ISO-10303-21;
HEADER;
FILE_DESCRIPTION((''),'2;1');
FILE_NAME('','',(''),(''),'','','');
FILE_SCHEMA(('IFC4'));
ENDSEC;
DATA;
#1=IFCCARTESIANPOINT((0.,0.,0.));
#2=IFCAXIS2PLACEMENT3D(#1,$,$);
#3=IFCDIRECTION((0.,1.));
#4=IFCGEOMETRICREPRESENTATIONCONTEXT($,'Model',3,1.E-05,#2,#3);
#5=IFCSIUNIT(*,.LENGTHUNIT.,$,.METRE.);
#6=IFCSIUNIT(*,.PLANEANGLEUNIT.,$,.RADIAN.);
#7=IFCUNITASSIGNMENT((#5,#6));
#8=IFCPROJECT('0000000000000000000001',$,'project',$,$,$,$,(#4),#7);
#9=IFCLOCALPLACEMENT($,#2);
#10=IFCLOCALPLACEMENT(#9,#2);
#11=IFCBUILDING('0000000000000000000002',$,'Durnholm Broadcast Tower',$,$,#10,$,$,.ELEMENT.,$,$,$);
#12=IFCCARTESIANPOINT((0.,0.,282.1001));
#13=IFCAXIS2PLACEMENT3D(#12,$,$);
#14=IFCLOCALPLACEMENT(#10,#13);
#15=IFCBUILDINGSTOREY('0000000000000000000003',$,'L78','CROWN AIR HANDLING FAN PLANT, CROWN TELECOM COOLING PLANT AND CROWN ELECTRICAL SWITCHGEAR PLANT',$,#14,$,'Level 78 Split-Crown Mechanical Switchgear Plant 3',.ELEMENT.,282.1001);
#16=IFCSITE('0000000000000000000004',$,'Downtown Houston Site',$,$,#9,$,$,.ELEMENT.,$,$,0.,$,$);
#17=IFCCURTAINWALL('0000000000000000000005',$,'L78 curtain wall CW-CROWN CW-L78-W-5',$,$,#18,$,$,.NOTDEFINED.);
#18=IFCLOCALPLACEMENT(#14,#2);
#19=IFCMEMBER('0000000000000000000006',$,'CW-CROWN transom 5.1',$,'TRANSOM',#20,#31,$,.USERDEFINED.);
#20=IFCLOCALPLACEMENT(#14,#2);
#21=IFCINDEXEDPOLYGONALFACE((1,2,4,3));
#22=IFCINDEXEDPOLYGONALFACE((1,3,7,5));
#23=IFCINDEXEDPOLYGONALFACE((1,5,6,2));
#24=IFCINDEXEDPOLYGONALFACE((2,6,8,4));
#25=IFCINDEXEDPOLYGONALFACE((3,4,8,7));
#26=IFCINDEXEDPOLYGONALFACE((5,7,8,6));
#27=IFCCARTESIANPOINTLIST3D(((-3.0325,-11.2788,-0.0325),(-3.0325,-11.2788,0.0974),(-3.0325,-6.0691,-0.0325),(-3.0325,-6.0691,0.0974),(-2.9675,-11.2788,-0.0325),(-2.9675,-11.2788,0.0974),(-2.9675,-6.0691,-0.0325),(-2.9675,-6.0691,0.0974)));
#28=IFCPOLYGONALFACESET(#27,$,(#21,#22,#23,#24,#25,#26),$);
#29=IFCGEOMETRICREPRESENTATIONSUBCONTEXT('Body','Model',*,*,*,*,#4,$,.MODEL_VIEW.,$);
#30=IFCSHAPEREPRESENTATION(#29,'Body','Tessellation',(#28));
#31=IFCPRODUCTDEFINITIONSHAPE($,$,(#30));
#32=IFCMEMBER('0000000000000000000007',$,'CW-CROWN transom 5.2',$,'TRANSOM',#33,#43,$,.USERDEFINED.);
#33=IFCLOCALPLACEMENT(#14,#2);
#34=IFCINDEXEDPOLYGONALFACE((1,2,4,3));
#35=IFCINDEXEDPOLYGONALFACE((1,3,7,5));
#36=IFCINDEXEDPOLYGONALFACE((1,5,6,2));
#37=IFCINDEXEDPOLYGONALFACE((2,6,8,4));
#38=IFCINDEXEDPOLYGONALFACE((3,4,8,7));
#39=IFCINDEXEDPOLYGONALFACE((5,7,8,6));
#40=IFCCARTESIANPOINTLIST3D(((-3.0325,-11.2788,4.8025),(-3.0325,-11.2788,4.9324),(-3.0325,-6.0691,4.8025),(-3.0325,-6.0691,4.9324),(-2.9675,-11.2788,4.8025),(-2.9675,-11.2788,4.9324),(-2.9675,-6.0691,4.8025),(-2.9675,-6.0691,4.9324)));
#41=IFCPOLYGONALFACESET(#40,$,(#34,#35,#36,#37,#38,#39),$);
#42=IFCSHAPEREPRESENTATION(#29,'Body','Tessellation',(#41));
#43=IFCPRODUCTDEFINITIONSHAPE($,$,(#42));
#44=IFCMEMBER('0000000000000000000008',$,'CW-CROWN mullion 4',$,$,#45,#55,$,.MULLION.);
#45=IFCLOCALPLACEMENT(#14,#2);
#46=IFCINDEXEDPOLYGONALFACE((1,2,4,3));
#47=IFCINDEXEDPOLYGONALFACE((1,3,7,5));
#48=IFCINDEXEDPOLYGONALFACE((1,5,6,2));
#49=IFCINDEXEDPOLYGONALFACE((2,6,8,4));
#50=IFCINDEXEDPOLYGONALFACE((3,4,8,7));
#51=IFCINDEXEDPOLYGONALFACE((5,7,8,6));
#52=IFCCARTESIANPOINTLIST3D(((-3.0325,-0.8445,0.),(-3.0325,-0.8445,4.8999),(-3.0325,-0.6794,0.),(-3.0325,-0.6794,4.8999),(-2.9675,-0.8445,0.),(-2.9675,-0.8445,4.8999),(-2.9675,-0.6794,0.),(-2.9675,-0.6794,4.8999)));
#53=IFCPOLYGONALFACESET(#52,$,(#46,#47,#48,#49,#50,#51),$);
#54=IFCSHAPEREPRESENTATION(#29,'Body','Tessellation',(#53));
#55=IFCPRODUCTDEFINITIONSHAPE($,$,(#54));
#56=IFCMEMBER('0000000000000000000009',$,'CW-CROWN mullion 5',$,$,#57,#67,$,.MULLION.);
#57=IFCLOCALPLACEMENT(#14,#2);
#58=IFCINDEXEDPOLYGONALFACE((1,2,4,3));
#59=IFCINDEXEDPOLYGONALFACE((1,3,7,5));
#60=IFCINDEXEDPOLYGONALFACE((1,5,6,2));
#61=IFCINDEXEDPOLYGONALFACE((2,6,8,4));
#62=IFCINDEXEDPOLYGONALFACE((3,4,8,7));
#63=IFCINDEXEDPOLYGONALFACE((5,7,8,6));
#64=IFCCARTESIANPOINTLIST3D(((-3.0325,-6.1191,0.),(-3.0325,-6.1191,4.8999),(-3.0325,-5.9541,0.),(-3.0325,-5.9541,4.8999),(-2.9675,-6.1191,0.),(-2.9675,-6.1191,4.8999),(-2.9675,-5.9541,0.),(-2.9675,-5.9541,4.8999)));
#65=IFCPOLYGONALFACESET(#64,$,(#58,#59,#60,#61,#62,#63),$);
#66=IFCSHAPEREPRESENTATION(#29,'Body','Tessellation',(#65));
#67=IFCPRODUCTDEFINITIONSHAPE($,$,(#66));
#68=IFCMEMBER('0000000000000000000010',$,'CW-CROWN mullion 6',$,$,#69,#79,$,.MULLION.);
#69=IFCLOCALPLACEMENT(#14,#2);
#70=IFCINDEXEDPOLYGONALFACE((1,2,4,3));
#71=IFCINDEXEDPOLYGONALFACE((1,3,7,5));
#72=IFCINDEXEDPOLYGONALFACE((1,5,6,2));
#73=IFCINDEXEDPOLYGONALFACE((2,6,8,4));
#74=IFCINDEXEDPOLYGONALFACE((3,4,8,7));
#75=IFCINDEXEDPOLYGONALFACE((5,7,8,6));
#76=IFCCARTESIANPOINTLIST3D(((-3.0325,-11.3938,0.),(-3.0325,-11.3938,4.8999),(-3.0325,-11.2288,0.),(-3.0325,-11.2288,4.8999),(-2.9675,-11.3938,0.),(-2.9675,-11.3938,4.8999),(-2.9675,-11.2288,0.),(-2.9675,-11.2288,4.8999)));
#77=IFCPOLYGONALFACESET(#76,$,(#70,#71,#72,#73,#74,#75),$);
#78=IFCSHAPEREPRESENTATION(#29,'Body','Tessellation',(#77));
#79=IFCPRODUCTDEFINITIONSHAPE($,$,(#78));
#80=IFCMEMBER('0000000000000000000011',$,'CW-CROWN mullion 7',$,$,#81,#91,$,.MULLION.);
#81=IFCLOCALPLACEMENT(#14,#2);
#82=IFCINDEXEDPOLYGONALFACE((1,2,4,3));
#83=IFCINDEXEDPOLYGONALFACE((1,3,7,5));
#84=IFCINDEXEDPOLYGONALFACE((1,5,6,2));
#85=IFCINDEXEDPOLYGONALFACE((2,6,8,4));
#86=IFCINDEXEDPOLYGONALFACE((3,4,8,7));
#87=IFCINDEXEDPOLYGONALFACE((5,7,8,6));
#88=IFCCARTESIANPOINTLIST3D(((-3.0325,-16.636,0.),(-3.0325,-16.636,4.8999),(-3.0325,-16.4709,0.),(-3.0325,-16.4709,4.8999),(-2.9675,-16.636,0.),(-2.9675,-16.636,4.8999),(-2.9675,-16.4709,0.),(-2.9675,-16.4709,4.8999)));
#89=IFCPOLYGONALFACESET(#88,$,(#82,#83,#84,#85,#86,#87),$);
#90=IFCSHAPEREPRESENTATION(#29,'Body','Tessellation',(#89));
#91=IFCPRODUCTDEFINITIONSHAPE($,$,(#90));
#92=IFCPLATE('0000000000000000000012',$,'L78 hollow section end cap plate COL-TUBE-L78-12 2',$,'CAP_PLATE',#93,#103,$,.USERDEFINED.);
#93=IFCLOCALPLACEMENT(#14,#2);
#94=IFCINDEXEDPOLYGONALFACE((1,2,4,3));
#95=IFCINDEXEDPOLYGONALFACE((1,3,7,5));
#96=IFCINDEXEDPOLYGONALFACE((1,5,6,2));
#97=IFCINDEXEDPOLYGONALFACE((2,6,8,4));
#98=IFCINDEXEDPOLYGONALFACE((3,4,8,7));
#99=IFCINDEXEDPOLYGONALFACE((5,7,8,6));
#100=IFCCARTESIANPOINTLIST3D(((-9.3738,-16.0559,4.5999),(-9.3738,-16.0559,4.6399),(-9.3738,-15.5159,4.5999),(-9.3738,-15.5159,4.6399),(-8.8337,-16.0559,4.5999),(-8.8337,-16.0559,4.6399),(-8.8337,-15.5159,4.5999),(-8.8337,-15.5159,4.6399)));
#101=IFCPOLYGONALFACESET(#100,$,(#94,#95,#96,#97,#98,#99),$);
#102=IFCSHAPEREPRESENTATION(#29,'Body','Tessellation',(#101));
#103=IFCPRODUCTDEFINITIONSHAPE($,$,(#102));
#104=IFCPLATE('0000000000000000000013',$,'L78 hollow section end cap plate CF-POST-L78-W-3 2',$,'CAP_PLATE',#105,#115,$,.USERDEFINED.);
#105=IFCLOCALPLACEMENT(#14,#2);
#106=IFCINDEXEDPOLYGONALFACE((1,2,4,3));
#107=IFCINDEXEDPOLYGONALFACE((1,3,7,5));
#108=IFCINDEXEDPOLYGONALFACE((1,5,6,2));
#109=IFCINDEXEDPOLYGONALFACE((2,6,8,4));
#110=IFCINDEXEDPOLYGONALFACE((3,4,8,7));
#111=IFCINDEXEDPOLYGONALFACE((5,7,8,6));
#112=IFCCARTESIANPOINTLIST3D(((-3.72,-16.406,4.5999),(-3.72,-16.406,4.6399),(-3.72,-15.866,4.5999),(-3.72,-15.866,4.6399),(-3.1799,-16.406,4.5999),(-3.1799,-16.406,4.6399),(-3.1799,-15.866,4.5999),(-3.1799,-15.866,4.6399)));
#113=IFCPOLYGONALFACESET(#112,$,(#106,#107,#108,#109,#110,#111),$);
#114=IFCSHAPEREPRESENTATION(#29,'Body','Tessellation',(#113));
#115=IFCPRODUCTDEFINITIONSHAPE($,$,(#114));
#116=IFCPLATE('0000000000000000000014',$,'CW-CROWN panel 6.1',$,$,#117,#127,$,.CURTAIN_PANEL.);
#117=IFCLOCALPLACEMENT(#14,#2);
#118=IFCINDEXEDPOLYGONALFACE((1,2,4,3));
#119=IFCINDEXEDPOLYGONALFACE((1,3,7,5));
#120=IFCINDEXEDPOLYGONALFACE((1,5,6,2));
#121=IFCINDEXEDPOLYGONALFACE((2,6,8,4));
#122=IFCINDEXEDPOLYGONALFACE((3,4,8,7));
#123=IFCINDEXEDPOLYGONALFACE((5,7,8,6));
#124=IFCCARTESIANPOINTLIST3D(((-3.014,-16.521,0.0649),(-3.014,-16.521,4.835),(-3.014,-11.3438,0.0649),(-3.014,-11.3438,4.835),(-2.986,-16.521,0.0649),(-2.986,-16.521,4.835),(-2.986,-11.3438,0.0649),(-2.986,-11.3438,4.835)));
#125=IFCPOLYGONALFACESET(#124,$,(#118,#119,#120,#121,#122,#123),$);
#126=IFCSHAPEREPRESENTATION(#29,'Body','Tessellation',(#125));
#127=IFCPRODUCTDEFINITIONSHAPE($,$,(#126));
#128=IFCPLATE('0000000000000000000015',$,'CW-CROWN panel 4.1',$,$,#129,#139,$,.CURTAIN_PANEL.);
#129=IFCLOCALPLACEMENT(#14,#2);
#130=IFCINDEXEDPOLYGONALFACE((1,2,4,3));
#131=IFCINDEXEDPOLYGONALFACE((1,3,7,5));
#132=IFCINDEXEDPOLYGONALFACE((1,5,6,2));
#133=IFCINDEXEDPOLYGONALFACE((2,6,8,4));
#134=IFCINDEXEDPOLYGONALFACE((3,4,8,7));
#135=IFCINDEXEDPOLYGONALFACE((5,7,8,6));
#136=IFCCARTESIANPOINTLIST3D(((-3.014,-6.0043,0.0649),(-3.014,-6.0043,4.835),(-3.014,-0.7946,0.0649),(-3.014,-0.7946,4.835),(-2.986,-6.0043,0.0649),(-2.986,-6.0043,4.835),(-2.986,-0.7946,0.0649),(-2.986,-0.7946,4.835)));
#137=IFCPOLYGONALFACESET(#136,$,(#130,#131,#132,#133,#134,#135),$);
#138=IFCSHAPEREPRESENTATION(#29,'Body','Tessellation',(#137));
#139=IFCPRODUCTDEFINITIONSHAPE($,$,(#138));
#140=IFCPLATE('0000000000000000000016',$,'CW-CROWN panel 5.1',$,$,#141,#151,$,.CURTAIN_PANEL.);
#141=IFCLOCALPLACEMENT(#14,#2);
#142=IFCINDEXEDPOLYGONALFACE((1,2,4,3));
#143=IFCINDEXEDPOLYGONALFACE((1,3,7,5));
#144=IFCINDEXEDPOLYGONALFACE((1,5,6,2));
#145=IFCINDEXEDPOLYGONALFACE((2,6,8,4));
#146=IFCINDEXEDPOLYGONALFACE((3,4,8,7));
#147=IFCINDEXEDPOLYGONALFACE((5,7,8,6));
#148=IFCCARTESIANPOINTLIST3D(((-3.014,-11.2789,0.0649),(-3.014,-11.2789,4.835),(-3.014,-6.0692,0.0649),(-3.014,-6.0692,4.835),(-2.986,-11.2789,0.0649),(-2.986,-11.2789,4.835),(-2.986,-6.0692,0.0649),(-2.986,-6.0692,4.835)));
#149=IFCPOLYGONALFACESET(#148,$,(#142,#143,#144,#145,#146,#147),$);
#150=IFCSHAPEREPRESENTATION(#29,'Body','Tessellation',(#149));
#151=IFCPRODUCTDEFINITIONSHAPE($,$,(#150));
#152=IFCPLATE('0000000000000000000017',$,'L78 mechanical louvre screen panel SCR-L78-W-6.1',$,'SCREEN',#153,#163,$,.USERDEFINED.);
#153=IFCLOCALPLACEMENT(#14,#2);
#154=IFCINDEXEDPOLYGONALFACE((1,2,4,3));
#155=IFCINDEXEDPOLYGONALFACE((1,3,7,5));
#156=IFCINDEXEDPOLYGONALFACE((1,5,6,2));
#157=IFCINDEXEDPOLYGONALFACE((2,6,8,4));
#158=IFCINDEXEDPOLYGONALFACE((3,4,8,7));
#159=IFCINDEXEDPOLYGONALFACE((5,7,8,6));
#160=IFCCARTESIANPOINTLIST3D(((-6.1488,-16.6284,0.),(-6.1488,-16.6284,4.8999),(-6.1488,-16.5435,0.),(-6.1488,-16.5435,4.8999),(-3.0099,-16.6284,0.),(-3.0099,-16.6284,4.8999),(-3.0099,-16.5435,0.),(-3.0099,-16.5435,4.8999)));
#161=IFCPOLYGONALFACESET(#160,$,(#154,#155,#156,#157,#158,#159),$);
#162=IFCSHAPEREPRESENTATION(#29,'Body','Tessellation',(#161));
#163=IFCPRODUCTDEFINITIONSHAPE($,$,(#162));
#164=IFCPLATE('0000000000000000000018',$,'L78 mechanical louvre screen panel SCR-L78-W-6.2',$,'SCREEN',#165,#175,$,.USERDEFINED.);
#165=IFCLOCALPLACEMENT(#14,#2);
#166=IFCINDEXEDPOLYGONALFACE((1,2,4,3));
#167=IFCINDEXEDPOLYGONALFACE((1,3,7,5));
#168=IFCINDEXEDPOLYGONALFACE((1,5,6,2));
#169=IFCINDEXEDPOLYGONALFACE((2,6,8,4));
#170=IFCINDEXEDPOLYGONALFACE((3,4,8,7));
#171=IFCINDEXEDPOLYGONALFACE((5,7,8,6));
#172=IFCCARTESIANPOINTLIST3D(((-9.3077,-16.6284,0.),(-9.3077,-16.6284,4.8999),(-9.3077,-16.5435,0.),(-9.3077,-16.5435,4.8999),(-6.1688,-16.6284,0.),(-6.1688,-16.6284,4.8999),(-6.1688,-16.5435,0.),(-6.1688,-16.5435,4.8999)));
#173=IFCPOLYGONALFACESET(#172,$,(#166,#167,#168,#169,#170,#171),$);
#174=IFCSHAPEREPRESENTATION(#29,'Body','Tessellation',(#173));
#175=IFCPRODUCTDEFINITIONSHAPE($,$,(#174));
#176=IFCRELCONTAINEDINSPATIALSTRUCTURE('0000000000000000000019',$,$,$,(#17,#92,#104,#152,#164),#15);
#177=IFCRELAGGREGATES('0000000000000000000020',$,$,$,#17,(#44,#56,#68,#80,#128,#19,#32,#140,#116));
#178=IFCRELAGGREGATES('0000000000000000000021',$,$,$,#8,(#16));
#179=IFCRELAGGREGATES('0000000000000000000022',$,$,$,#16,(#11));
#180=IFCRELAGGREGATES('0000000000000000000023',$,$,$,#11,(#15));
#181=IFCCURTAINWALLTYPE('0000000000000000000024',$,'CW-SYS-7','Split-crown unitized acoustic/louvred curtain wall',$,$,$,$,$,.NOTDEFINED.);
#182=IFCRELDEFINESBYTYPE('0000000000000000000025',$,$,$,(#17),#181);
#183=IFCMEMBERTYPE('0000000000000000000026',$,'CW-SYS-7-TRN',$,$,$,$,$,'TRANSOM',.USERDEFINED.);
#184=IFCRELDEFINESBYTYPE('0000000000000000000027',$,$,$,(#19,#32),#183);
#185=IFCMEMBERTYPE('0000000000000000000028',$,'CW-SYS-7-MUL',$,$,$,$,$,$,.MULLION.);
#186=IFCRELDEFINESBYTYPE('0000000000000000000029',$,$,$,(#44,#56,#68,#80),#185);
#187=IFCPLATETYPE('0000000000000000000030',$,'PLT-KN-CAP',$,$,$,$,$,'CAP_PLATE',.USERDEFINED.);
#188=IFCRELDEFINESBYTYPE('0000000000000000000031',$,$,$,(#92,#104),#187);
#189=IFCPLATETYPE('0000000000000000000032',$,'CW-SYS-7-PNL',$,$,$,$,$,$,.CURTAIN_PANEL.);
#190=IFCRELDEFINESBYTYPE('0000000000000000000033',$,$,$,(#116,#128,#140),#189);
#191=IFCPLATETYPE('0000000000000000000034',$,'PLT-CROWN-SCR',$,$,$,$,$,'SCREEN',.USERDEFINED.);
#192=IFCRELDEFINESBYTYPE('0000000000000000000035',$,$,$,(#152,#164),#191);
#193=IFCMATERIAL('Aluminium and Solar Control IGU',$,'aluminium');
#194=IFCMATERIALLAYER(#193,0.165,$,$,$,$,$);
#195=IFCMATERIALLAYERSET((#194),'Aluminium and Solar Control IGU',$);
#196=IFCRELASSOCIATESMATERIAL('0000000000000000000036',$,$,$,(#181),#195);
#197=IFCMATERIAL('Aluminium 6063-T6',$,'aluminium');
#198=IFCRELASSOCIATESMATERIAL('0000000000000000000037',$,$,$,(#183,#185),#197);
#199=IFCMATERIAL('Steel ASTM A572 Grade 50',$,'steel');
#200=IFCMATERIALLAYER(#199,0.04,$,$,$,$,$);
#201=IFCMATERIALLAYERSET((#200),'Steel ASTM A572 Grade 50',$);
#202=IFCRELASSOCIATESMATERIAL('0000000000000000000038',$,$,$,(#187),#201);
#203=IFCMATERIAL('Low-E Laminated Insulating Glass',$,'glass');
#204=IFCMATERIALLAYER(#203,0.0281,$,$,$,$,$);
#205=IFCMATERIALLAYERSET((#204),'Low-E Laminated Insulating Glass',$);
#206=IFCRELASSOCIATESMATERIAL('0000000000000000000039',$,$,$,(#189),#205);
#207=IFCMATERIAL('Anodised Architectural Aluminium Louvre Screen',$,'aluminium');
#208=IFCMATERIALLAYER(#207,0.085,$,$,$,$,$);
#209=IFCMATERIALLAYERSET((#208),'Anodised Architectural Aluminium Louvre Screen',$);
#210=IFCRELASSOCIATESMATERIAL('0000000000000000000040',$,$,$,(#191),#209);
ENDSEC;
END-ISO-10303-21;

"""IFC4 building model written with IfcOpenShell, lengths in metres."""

from ifc_helpers import new_model, si_unit, direction, frame, origin, origin_2d, place, context, subcontext, project, spatial, rectangle, extrude, source, transform, mapped, material, layer, layer_set, material_profile, profile_set, type_object, type_shapes, element, aggregate, save


model = new_model("IFC4")

# Units and contexts
model_context = context("Model", 3, precision=1e-05, world=origin(), true_north=direction((0.0, 1.0)))
body_context = subcontext(model_context, "Body", "Model", "MODEL_VIEW")
ifc_project = project(units=[si_unit("LENGTHUNIT", "METRE"), si_unit("PLANEANGLEUNIT", "RADIAN")], contexts=[model_context])

# Site, building, storey
site_placement = place(None, origin())
site = spatial("IfcSite", under=ifc_project, at=site_placement, Name="Downtown Houston Site", CompositionType="ELEMENT", RefElevation=0.0)
building_placement = place(site_placement, origin())
building = spatial("IfcBuilding", under=site, at=building_placement, Name="Durnholm Broadcast Tower", CompositionType="ELEMENT")
storey_placement = place(building_placement, frame((0.0, 0.0, 282.1001)))
storey = spatial("IfcBuildingStorey", under=building, at=storey_placement, Name="L78", Description="CROWN AIR HANDLING FAN PLANT, CROWN TELECOM COOLING PLANT AND CROWN ELECTRICAL SWITCHGEAR PLANT", LongName="Level 78 Split-Crown Mechanical Switchgear Plant 3", CompositionType="ELEMENT", Elevation=282.1001)

# Curtain wall, members
ifc_material_1 = material(Name="Aluminium and Solar Control IGU", Category="aluminium")
ifc_layer_1 = layer(ifc_material_1, 0.165)
ifc_layer_set_1 = layer_set([ifc_layer_1], Name="Aluminium and Solar Control IGU")
curtain_wall_type = type_object("IfcCurtainWallType", Name="CW-SYS-7", Description="Split-crown unitized acoustic/louvred curtain wall", PredefinedType="NOTDEFINED", material=ifc_layer_set_1)
curtain_wall_placement = place(storey_placement, origin())
curtain_wall = element("IfcCurtainWall", 1, at=curtain_wall_placement, inside=storey, type_object=curtain_wall_type, Name="L78 curtain wall CW-CROWN CW-L78-W-5", PredefinedType="NOTDEFINED")
ifc_material_2 = material(Name="Aluminium 6063-T6", Category="aluminium")
ifc_material_profile_1 = material_profile(ifc_material_2, rectangle(XDim=0.0649, YDim=0.1299, at=origin_2d()), Name="CWT65X130")
ifc_profile_set_1 = profile_set([ifc_material_profile_1], Name="Aluminium 6063-T6")
member_type_1 = type_object("IfcMemberType", Name="CW-SYS-7-TRN", ElementType="TRANSOM", PredefinedType="USERDEFINED", material=ifc_profile_set_1)
shared_shape_1 = source(origin(), body_context, "Body", "SweptSolid", [
    extrude(rectangle(XDim=0.0649, YDim=0.1299, at=origin_2d()), origin(), (0.0, 0.0, 1.0), 5.2097),
])
member_1_placement = place(storey_placement, frame((-3.0, -6.0691, 0.0325), z_axis=(0.0, -1.0, 0.0), x_axis=(1.0, 0.0, 0.0)))
member_1 = element("IfcMember", 2, at=member_1_placement, type_object=member_type_1, Name="CW-CROWN transom 5.1", ObjectType="TRANSOM", PredefinedType="USERDEFINED", context=body_context, shape_type="MappedRepresentation", body=[
    mapped(shared_shape_1, transform((0.0, 0.0, 0.0), x_axis=(1.0, 0.0, 0.0), y_axis=(0.0, 1.0, 0.0), z_axis=(0.0, 0.0, 1.0), scale=1.0)),
])
member_2_placement = place(storey_placement, frame((-3.0, -6.0691, 4.8674), z_axis=(0.0, -1.0, 0.0), x_axis=(1.0, 0.0, 0.0)))
member_2 = element("IfcMember", 3, at=member_2_placement, type_object=member_type_1, Name="CW-CROWN transom 5.2", ObjectType="TRANSOM", PredefinedType="USERDEFINED", context=body_context, shape_type="MappedRepresentation", body=[
    mapped(shared_shape_1, transform((0.0, 0.0, 0.0), x_axis=(1.0, 0.0, 0.0), y_axis=(0.0, 1.0, 0.0), z_axis=(0.0, 0.0, 1.0), scale=1.0)),
])
ifc_material_profile_2 = material_profile(ifc_material_2, rectangle(XDim=0.0649, YDim=0.165, at=origin_2d()), Name="CWM65X165")
ifc_profile_set_2 = profile_set([ifc_material_profile_2], Name="Aluminium 6063-T6")
member_type_2 = type_object("IfcMemberType", Name="CW-SYS-7-MUL", PredefinedType="MULLION", material=ifc_profile_set_2)
shared_shape_2 = source(origin(), body_context, "Body", "SweptSolid", [
    extrude(rectangle(XDim=0.0649, YDim=0.165, at=origin_2d()), origin(), (0.0, 0.0, 1.0), 4.8999),
])
type_shapes(member_type_2, [shared_shape_2])
member_3_placement = place(storey_placement, frame((-3.0, -0.762, 0.0), z_axis=(0.0, 0.0, 1.0), x_axis=(1.0, 0.0, 0.0)))
member_3 = element("IfcMember", 4, at=member_3_placement, type_object=member_type_2, Name="CW-CROWN mullion 4", PredefinedType="MULLION", context=body_context, shape_type="MappedRepresentation", body=[
    mapped(shared_shape_2, transform((0.0, 0.0, 0.0), x_axis=(1.0, 0.0, 0.0), y_axis=(0.0, 1.0, 0.0), z_axis=(0.0, 0.0, 1.0), scale=1.0)),
])
member_4_placement = place(storey_placement, frame((-3.0, -6.0366, 0.0), z_axis=(0.0, 0.0, 1.0), x_axis=(1.0, 0.0, 0.0)))
member_4 = element("IfcMember", 5, at=member_4_placement, type_object=member_type_2, Name="CW-CROWN mullion 5", PredefinedType="MULLION", context=body_context, shape_type="MappedRepresentation", body=[
    mapped(shared_shape_2, transform((0.0, 0.0, 0.0), x_axis=(1.0, 0.0, 0.0), y_axis=(0.0, 1.0, 0.0), z_axis=(0.0, 0.0, 1.0), scale=1.0)),
])
member_5_placement = place(storey_placement, frame((-3.0, -11.3113, 0.0), z_axis=(0.0, 0.0, 1.0), x_axis=(1.0, 0.0, 0.0)))
member_5 = element("IfcMember", 6, at=member_5_placement, type_object=member_type_2, Name="CW-CROWN mullion 6", PredefinedType="MULLION", context=body_context, shape_type="MappedRepresentation", body=[
    mapped(shared_shape_2, transform((0.0, 0.0, 0.0), x_axis=(1.0, 0.0, 0.0), y_axis=(0.0, 1.0, 0.0), z_axis=(0.0, 0.0, 1.0), scale=1.0)),
])
member_6_placement = place(storey_placement, frame((-3.0, -16.5535, 0.0), z_axis=(0.0, 0.0, 1.0), x_axis=(1.0, 0.0, 0.0)))
member_6 = element("IfcMember", 7, at=member_6_placement, type_object=member_type_2, Name="CW-CROWN mullion 7", PredefinedType="MULLION", context=body_context, shape_type="MappedRepresentation", body=[
    mapped(shared_shape_2, transform((0.0, 0.0, 0.0), x_axis=(1.0, 0.0, 0.0), y_axis=(0.0, 1.0, 0.0), z_axis=(0.0, 0.0, 1.0), scale=1.0)),
])

# Plates
ifc_material_3 = material(Name="Steel ASTM A572 Grade 50", Category="steel")
ifc_layer_2 = layer(ifc_material_3, 0.04)
ifc_layer_set_2 = layer_set([ifc_layer_2], Name="Steel ASTM A572 Grade 50")
plate_type_1 = type_object("IfcPlateType", Name="PLT-KN-CAP", ElementType="CAP_PLATE", PredefinedType="USERDEFINED", material=ifc_layer_set_2)
shared_shape_3 = source(origin(), body_context, "Body", "SweptSolid", [
    extrude(rectangle(XDim=0.54, YDim=0.54, at=origin_2d()), origin(), (0.0, 0.0, 1.0), 0.04),
])
type_shapes(plate_type_1, [shared_shape_3])
for number, where, z_axis, x_axis, name in (
    (8, (-9.1038, -15.7859, 4.5999), (0.0, 0.0, 1.0), (1.0, 0.0, 0.0), "L78 hollow section end cap plate COL-TUBE-L78-12 2"),
    (9, (-3.45, -16.136, 4.5999), (0.0, 0.0, 1.0), (1.0, 0.0, 0.0), "L78 hollow section end cap plate CF-POST-L78-W-3 2"),
):
    element("IfcPlate", number, at=place(storey_placement, frame(where, z_axis=z_axis, x_axis=x_axis)), inside=storey, type_object=plate_type_1, Name=name, ObjectType="CAP_PLATE", PredefinedType="USERDEFINED", context=body_context, shape_type="MappedRepresentation", body=[
        mapped(shared_shape_3, transform((0.0, 0.0, 0.0), x_axis=(1.0, 0.0, 0.0), y_axis=(0.0, 1.0, 0.0), z_axis=(0.0, 0.0, 1.0), scale=1.0)),
    ])

# Plates
ifc_material_4 = material(Name="Low-E Laminated Insulating Glass", Category="glass")
ifc_layer_3 = layer(ifc_material_4, 0.0281)
ifc_layer_set_3 = layer_set([ifc_layer_3], Name="Low-E Laminated Insulating Glass")
plate_type_2 = type_object("IfcPlateType", Name="CW-SYS-7-PNL", PredefinedType="CURTAIN_PANEL", material=ifc_layer_set_3)
shared_shape_4 = source(origin(), body_context, "Body", "SweptSolid", [
    extrude(rectangle(XDim=5.1772, YDim=0.0281, at=origin_2d()), origin(), (0.0, 0.0, 1.0), 4.77),
])
plate_1_placement = place(storey_placement, frame((-3.0, -13.9324, 0.0649), z_axis=(0.0, 0.0, 1.0), x_axis=(0.0, -1.0, 0.0)))
plate_1 = element("IfcPlate", 10, at=plate_1_placement, type_object=plate_type_2, Name="CW-CROWN panel 6.1", PredefinedType="CURTAIN_PANEL", context=body_context, shape_type="MappedRepresentation", body=[
    mapped(shared_shape_4, transform((0.0, 0.0, 0.0), x_axis=(1.0, 0.0, 0.0), y_axis=(0.0, 1.0, 0.0), z_axis=(0.0, 0.0, 1.0), scale=1.0)),
])
shared_shape_5 = source(origin(), body_context, "Body", "SweptSolid", [
    extrude(rectangle(XDim=5.2097, YDim=0.0281, at=origin_2d()), origin(), (0.0, 0.0, 1.0), 4.77),
])
type_shapes(plate_type_2, [shared_shape_4, shared_shape_5])
plate_2_placement = place(storey_placement, frame((-3.0, -3.3994, 0.0649), z_axis=(0.0, 0.0, 1.0), x_axis=(0.0, -1.0, 0.0)))
plate_2 = element("IfcPlate", 11, at=plate_2_placement, type_object=plate_type_2, Name="CW-CROWN panel 4.1", PredefinedType="CURTAIN_PANEL", context=body_context, shape_type="MappedRepresentation", body=[
    mapped(shared_shape_5, transform((0.0, 0.0, 0.0), x_axis=(1.0, 0.0, 0.0), y_axis=(0.0, 1.0, 0.0), z_axis=(0.0, 0.0, 1.0), scale=1.0)),
])
plate_3_placement = place(storey_placement, frame((-3.0, -8.6741, 0.0649), z_axis=(0.0, 0.0, 1.0), x_axis=(0.0, -1.0, 0.0)))
plate_3 = element("IfcPlate", 12, at=plate_3_placement, type_object=plate_type_2, Name="CW-CROWN panel 5.1", PredefinedType="CURTAIN_PANEL", context=body_context, shape_type="MappedRepresentation", body=[
    mapped(shared_shape_5, transform((0.0, 0.0, 0.0), x_axis=(1.0, 0.0, 0.0), y_axis=(0.0, 1.0, 0.0), z_axis=(0.0, 0.0, 1.0), scale=1.0)),
])
aggregate(curtain_wall, [member_3, member_4, member_5, member_6, plate_2, member_1, member_2, plate_3, plate_1])

# Plates
ifc_material_5 = material(Name="Anodised Architectural Aluminium Louvre Screen", Category="aluminium")
ifc_layer_4 = layer(ifc_material_5, 0.085)
ifc_layer_set_4 = layer_set([ifc_layer_4], Name="Anodised Architectural Aluminium Louvre Screen")
plate_type_3 = type_object("IfcPlateType", Name="PLT-CROWN-SCR", ElementType="SCREEN", PredefinedType="USERDEFINED", material=ifc_layer_set_4)
shared_shape_6 = source(origin(), body_context, "Body", "SweptSolid", [
    extrude(rectangle(XDim=3.1389, YDim=0.085, at=origin_2d()), origin(), (0.0, 0.0, 1.0), 4.8999),
])
type_shapes(plate_type_3, [shared_shape_6])
for number, where, z_axis, x_axis, name in (
    (13, (-4.5793, -16.5859, 0.0), (0.0, 0.0, 1.0), (-1.0, 0.0, 0.0), "L78 mechanical louvre screen panel SCR-L78-W-6.1"),
    (14, (-7.7383, -16.5859, 0.0), (0.0, 0.0, 1.0), (-1.0, 0.0, 0.0), "L78 mechanical louvre screen panel SCR-L78-W-6.2"),
):
    element("IfcPlate", number, at=place(storey_placement, frame(where, z_axis=z_axis, x_axis=x_axis)), inside=storey, type_object=plate_type_3, Name=name, ObjectType="SCREEN", PredefinedType="USERDEFINED", context=body_context, shape_type="MappedRepresentation", body=[
        mapped(shared_shape_6, transform((0.0, 0.0, 0.0), x_axis=(1.0, 0.0, 0.0), y_axis=(0.0, 1.0, 0.0), z_axis=(0.0, 0.0, 1.0), scale=1.0)),
    ])

save(model, "model.ifc")
